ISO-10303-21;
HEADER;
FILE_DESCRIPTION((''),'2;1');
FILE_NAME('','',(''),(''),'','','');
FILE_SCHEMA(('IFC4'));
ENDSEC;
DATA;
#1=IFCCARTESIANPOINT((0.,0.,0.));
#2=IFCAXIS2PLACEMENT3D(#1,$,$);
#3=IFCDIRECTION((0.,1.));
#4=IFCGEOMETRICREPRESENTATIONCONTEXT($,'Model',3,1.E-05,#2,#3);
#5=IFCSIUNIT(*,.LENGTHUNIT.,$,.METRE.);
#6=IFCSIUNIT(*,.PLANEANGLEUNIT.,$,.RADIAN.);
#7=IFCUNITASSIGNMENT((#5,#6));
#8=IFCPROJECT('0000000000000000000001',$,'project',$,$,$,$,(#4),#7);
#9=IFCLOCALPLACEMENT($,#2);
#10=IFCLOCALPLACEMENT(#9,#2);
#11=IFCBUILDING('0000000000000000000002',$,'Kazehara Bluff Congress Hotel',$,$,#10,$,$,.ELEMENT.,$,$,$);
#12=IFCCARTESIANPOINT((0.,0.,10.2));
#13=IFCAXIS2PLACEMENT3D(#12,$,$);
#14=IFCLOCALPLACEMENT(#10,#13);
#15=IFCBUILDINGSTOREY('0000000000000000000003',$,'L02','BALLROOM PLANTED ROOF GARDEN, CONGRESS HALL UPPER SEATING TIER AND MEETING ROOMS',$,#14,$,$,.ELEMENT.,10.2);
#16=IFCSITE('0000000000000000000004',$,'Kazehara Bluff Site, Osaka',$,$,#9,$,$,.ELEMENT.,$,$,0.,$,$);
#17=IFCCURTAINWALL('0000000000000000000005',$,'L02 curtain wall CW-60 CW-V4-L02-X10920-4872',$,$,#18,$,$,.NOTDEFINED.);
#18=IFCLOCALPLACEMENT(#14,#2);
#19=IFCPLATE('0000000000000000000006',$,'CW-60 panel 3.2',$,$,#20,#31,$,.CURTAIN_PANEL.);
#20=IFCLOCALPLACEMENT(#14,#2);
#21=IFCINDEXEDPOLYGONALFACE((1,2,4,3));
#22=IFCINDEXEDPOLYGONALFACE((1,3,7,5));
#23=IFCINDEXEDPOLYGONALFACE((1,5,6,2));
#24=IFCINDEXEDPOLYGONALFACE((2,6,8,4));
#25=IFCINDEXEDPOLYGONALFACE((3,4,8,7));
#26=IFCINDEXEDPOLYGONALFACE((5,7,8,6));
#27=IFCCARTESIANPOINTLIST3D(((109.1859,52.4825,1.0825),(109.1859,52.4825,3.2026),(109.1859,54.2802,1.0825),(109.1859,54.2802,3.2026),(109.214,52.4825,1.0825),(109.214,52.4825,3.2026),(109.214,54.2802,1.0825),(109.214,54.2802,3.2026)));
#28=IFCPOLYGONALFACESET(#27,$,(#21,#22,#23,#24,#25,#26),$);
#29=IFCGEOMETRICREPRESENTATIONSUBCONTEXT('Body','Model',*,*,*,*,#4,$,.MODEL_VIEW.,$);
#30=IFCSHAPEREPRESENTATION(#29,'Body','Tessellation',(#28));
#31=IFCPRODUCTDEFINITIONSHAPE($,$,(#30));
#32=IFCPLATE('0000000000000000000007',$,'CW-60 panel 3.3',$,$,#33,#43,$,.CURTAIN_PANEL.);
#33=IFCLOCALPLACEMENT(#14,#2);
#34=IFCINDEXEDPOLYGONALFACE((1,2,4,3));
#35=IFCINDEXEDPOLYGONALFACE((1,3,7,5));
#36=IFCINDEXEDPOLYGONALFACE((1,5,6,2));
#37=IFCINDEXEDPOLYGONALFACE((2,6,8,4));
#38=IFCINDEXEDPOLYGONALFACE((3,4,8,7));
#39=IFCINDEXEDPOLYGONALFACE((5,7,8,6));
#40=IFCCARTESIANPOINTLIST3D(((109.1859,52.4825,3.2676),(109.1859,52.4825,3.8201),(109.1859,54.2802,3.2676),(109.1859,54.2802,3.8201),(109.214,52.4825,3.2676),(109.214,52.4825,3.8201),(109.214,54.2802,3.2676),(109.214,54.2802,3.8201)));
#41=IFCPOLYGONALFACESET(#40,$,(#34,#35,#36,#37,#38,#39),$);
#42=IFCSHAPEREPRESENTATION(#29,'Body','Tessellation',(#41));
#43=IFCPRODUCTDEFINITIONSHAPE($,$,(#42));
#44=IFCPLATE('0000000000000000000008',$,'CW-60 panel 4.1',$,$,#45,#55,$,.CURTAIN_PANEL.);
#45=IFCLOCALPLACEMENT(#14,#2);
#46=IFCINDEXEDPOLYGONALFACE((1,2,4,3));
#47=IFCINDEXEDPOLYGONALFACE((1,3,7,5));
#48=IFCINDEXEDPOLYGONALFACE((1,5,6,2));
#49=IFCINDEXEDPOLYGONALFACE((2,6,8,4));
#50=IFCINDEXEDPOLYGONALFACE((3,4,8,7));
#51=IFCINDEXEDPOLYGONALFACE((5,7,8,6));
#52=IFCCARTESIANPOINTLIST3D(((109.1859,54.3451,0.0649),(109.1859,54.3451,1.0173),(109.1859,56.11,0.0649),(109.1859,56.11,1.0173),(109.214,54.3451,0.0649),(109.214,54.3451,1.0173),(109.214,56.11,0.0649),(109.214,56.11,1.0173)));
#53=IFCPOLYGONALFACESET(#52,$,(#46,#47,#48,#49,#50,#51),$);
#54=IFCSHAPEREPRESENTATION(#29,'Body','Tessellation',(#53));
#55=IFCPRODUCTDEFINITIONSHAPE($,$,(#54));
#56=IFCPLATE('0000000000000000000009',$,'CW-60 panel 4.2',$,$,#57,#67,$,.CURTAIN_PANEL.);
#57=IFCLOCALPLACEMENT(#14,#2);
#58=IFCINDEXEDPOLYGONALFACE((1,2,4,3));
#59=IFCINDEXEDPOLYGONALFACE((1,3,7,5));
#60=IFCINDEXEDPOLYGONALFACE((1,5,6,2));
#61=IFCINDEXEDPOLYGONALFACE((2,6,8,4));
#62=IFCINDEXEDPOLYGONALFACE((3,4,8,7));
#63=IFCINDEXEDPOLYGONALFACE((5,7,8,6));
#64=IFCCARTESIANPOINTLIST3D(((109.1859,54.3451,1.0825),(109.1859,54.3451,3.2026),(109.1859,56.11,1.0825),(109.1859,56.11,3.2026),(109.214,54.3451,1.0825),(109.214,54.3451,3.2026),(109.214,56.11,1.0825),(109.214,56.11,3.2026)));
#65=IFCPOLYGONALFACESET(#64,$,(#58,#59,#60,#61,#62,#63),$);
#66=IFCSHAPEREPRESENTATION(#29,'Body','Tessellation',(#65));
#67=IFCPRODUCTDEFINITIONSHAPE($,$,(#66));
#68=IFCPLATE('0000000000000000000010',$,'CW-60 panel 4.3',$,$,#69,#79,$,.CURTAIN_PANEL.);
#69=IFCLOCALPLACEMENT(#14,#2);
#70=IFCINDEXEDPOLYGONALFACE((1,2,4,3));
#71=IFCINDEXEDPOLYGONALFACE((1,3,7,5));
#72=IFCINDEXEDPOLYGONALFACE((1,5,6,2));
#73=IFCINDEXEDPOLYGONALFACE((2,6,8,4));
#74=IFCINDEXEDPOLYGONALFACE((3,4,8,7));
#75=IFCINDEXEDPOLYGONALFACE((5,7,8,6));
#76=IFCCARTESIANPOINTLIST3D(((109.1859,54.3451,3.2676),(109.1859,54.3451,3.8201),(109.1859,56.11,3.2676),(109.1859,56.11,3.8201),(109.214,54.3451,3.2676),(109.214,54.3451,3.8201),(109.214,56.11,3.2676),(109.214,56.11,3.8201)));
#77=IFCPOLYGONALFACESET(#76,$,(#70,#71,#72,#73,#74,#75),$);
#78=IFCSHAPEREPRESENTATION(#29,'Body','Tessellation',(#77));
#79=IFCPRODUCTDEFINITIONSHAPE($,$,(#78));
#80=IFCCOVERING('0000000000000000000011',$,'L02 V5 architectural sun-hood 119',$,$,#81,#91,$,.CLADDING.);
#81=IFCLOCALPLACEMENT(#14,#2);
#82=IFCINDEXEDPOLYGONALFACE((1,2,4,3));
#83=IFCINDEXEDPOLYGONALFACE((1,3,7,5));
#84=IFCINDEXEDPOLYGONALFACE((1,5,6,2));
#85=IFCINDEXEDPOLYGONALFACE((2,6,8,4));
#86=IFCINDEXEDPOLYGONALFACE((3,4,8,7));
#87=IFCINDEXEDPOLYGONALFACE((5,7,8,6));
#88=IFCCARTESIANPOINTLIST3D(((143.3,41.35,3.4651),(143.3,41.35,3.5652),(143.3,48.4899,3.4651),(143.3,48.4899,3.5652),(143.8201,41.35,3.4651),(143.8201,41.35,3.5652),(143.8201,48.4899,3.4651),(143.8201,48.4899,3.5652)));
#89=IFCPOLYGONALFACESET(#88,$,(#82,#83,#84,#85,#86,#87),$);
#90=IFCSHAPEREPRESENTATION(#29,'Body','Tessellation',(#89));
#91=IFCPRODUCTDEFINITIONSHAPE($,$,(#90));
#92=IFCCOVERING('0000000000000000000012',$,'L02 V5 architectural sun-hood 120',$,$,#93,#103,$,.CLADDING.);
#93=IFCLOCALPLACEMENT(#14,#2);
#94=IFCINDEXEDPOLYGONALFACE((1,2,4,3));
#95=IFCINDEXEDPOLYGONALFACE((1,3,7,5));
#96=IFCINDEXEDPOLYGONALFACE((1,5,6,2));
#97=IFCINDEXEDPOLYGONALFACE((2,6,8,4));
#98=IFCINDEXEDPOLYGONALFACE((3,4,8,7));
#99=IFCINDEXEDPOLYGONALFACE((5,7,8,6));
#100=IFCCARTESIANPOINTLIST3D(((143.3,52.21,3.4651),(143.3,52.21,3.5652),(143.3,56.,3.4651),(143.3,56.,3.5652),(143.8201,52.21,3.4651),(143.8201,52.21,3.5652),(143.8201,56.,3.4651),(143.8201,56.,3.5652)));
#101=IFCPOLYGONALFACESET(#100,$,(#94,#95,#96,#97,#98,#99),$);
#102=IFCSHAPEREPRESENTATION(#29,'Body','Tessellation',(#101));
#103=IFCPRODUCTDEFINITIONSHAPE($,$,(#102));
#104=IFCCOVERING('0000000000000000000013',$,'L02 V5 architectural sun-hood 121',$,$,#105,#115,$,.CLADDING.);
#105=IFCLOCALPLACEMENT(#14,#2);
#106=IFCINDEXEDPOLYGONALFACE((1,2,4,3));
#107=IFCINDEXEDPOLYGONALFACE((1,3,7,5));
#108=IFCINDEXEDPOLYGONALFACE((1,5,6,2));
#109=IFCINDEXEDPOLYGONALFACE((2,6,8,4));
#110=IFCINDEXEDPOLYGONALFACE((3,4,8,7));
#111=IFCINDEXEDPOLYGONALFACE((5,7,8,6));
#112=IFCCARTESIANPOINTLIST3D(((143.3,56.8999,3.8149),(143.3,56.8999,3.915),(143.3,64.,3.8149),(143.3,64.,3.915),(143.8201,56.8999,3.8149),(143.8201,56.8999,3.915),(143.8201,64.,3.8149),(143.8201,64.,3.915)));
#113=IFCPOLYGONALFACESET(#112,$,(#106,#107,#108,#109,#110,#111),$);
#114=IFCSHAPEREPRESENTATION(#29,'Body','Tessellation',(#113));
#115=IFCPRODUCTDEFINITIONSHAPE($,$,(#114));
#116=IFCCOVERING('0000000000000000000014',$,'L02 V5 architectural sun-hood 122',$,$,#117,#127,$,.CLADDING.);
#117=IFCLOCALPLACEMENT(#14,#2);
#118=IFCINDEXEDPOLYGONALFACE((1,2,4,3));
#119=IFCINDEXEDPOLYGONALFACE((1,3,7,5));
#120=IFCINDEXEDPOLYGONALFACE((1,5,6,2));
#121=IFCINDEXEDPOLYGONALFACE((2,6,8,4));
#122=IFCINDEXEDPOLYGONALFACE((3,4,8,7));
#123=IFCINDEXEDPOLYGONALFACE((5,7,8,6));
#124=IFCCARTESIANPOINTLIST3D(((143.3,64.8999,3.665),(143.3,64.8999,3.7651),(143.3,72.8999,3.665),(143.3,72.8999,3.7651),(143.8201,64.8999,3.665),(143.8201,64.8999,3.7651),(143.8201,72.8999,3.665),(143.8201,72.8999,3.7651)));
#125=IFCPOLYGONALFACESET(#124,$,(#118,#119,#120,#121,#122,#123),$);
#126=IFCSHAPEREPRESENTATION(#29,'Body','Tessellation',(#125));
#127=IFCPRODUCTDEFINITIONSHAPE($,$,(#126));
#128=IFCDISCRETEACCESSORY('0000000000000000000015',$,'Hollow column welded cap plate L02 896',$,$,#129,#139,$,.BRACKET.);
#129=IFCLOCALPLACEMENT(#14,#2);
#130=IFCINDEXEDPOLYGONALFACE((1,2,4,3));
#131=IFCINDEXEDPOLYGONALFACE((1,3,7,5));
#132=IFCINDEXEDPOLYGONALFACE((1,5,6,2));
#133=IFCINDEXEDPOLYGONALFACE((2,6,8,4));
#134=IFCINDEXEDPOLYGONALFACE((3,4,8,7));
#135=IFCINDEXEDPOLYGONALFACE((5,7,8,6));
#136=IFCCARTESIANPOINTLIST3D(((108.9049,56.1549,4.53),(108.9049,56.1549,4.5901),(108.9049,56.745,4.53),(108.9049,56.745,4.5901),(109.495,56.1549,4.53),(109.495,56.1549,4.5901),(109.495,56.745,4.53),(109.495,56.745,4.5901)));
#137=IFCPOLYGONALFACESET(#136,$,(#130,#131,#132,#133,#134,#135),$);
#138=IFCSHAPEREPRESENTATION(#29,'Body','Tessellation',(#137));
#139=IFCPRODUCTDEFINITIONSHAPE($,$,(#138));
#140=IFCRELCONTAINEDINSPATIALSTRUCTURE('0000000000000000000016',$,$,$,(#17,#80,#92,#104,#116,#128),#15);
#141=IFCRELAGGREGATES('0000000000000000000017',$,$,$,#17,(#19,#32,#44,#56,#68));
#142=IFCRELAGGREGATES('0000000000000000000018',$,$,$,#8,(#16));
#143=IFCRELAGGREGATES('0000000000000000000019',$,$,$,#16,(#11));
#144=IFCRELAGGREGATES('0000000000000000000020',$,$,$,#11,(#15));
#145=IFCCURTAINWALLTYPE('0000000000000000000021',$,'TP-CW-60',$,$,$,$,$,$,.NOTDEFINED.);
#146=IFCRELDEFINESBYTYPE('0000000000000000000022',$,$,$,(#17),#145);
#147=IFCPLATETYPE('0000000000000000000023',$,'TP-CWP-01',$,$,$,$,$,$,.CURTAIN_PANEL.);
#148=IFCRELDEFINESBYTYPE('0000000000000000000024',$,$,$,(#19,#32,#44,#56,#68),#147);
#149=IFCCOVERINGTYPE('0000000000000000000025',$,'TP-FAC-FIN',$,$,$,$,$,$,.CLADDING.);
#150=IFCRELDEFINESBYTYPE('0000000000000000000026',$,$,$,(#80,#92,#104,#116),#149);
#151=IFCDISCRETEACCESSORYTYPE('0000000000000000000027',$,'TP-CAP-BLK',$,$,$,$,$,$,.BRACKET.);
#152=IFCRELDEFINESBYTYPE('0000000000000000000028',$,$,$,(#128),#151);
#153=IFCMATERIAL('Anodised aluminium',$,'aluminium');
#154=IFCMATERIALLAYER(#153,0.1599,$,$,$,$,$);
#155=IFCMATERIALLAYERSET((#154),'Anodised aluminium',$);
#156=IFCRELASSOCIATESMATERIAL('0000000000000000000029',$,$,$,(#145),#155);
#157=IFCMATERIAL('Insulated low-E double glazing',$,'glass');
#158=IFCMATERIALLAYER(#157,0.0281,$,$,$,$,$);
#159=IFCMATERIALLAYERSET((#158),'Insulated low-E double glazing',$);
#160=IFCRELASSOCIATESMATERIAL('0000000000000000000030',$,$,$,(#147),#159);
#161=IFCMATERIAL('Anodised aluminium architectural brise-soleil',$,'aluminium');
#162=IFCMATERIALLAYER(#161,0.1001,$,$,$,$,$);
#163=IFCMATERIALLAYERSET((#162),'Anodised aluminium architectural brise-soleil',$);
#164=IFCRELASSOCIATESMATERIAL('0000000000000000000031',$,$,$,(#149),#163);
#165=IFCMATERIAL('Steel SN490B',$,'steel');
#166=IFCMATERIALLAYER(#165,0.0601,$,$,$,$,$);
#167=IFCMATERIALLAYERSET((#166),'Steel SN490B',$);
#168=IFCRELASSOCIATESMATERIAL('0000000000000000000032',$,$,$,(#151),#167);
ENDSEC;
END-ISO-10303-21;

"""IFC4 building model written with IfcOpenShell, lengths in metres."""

from ifc_helpers import new_model, si_unit, direction, frame, origin, origin_2d, place, context, subcontext, project, spatial, rectangle, extrude, material, layer, layer_set, type_object, element, aggregate, save


model = new_model("IFC4")

# Units and contexts
model_context = context("Model", 3, precision=1e-05, world=origin(), true_north=direction((0.0, 1.0)))
body_context = subcontext(model_context, "Body", "Model", "MODEL_VIEW")
ifc_project = project(units=[si_unit("LENGTHUNIT", "METRE"), si_unit("PLANEANGLEUNIT", "RADIAN")], contexts=[model_context])

# Site, building, storey
site_placement = place(None, origin())
site = spatial("IfcSite", under=ifc_project, at=site_placement, Name="Kazehara Bluff Site, Osaka", CompositionType="ELEMENT", RefElevation=0.0)
building_placement = place(site_placement, origin())
building = spatial("IfcBuilding", under=site, at=building_placement, Name="Kazehara Bluff Congress Hotel", CompositionType="ELEMENT")
storey_placement = place(building_placement, frame((0.0, 0.0, 10.2)))
storey = spatial("IfcBuildingStorey", under=building, at=storey_placement, Name="L02", Description="BALLROOM PLANTED ROOF GARDEN, CONGRESS HALL UPPER SEATING TIER AND MEETING ROOMS", CompositionType="ELEMENT", Elevation=10.2)

# Curtain wall
ifc_material_1 = material(Name="Anodised aluminium", Category="aluminium")
ifc_layer_1 = layer(ifc_material_1, 0.1599)
ifc_layer_set_1 = layer_set([ifc_layer_1], Name="Anodised aluminium")
curtain_wall_type = type_object("IfcCurtainWallType", Name="TP-CW-60", PredefinedType="NOTDEFINED", material=ifc_layer_set_1)
curtain_wall_placement = place(storey_placement, origin())
curtain_wall = element("IfcCurtainWall", 1, at=curtain_wall_placement, inside=storey, type_object=curtain_wall_type, Name="L02 curtain wall CW-60 CW-V4-L02-X10920-4872", PredefinedType="NOTDEFINED")

# Plates
ifc_material_2 = material(Name="Insulated low-E double glazing", Category="glass")
ifc_layer_2 = layer(ifc_material_2, 0.0281)
ifc_layer_set_2 = layer_set([ifc_layer_2], Name="Insulated low-E double glazing")
plate_type = type_object("IfcPlateType", Name="TP-CWP-01", PredefinedType="CURTAIN_PANEL", material=ifc_layer_set_2)
plate_1_placement = place(storey_placement, frame((109.2, 53.3813, 1.0825), z_axis=(0.0, 0.0, 1.0), x_axis=(0.0, 1.0, 0.0)))
plate_1 = element("IfcPlate", 2, at=plate_1_placement, type_object=plate_type, Name="CW-60 panel 3.2", PredefinedType="CURTAIN_PANEL", context=body_context, shape_type="SweptSolid", body=[
    extrude(rectangle(XDim=1.7976, YDim=0.0281, at=origin_2d()), origin(), (0.0, 0.0, 1.0), 2.1201),
])
plate_2_placement = place(storey_placement, frame((109.2, 53.3813, 3.2676), z_axis=(0.0, 0.0, 1.0), x_axis=(0.0, 1.0, 0.0)))
plate_2 = element("IfcPlate", 3, at=plate_2_placement, type_object=plate_type, Name="CW-60 panel 3.3", PredefinedType="CURTAIN_PANEL", context=body_context, shape_type="SweptSolid", body=[
    extrude(rectangle(XDim=1.7976, YDim=0.0281, at=origin_2d()), origin(), (0.0, 0.0, 1.0), 0.5525),
])
plate_3_placement = place(storey_placement, frame((109.2, 55.2275, 0.0649), z_axis=(0.0, 0.0, 1.0), x_axis=(0.0, 1.0, 0.0)))
plate_3 = element("IfcPlate", 4, at=plate_3_placement, type_object=plate_type, Name="CW-60 panel 4.1", PredefinedType="CURTAIN_PANEL", context=body_context, shape_type="SweptSolid", body=[
    extrude(rectangle(XDim=1.7649, YDim=0.0281, at=origin_2d()), origin(), (0.0, 0.0, 1.0), 0.9524),
])
plate_4_placement = place(storey_placement, frame((109.2, 55.2275, 1.0825), z_axis=(0.0, 0.0, 1.0), x_axis=(0.0, 1.0, 0.0)))
plate_4 = element("IfcPlate", 5, at=plate_4_placement, type_object=plate_type, Name="CW-60 panel 4.2", PredefinedType="CURTAIN_PANEL", context=body_context, shape_type="SweptSolid", body=[
    extrude(rectangle(XDim=1.7649, YDim=0.0281, at=origin_2d()), origin(), (0.0, 0.0, 1.0), 2.1201),
])
plate_5_placement = place(storey_placement, frame((109.2, 55.2275, 3.2676), z_axis=(0.0, 0.0, 1.0), x_axis=(0.0, 1.0, 0.0)))
plate_5 = element("IfcPlate", 6, at=plate_5_placement, type_object=plate_type, Name="CW-60 panel 4.3", PredefinedType="CURTAIN_PANEL", context=body_context, shape_type="SweptSolid", body=[
    extrude(rectangle(XDim=1.7649, YDim=0.0281, at=origin_2d()), origin(), (0.0, 0.0, 1.0), 0.5525),
])
aggregate(curtain_wall, [plate_1, plate_2, plate_3, plate_4, plate_5])

# Coverings
ifc_material_3 = material(Name="Anodised aluminium architectural brise-soleil", Category="aluminium")
ifc_layer_3 = layer(ifc_material_3, 0.1001)
ifc_layer_set_3 = layer_set([ifc_layer_3], Name="Anodised aluminium architectural brise-soleil")
covering_type = type_object("IfcCoveringType", Name="TP-FAC-FIN", PredefinedType="CLADDING", material=ifc_layer_set_3)
covering_1_placement = place(storey_placement, frame((143.5601, 44.9199, 3.4651), z_axis=(0.0, 0.0, 1.0), x_axis=(1.0, 0.0, 0.0)))
element("IfcCovering", 7, at=covering_1_placement, inside=storey, type_object=covering_type, Name="L02 V5 architectural sun-hood 119", PredefinedType="CLADDING", context=body_context, shape_type="SweptSolid", body=[
    extrude(rectangle(XDim=0.52, YDim=7.1399, at=origin_2d()), origin(), (0.0, 0.0, 1.0), 0.1001),
])
covering_2_placement = place(storey_placement, frame((143.5601, 54.105, 3.4651), z_axis=(0.0, 0.0, 1.0), x_axis=(1.0, 0.0, 0.0)))
element("IfcCovering", 8, at=covering_2_placement, inside=storey, type_object=covering_type, Name="L02 V5 architectural sun-hood 120", PredefinedType="CLADDING", context=body_context, shape_type="SweptSolid", body=[
    extrude(rectangle(XDim=0.52, YDim=3.79, at=origin_2d()), origin(), (0.0, 0.0, 1.0), 0.1001),
])
covering_3_placement = place(storey_placement, frame((143.5601, 60.45, 3.8149), z_axis=(0.0, 0.0, 1.0), x_axis=(1.0, 0.0, 0.0)))
element("IfcCovering", 9, at=covering_3_placement, inside=storey, type_object=covering_type, Name="L02 V5 architectural sun-hood 121", PredefinedType="CLADDING", context=body_context, shape_type="SweptSolid", body=[
    extrude(rectangle(XDim=0.52, YDim=7.1001, at=origin_2d()), origin(), (0.0, 0.0, 1.0), 0.1001),
])
covering_4_placement = place(storey_placement, frame((143.5601, 68.8999, 3.665), z_axis=(0.0, 0.0, 1.0), x_axis=(1.0, 0.0, 0.0)))
element("IfcCovering", 10, at=covering_4_placement, inside=storey, type_object=covering_type, Name="L02 V5 architectural sun-hood 122", PredefinedType="CLADDING", context=body_context, shape_type="SweptSolid", body=[
    extrude(rectangle(XDim=0.52, YDim=8.0, at=origin_2d()), origin(), (0.0, 0.0, 1.0), 0.1001),
])

# Discrete accessory
ifc_material_4 = material(Name="Steel SN490B", Category="steel")
ifc_layer_4 = layer(ifc_material_4, 0.0601)
ifc_layer_set_4 = layer_set([ifc_layer_4], Name="Steel SN490B")
discrete_accessory_type = type_object("IfcDiscreteAccessoryType", Name="TP-CAP-BLK", PredefinedType="BRACKET", material=ifc_layer_set_4)
discrete_accessory_placement = place(storey_placement, frame((109.2, 56.45, 4.53), z_axis=(0.0, 0.0, 1.0), x_axis=(1.0, 0.0, 0.0)))
element("IfcDiscreteAccessory", 11, at=discrete_accessory_placement, inside=storey, type_object=discrete_accessory_type, Name="Hollow column welded cap plate L02 896", PredefinedType="BRACKET", context=body_context, shape_type="SweptSolid", body=[
    extrude(rectangle(XDim=0.5901, YDim=0.5901, at=origin_2d()), origin(), (0.0, 0.0, 1.0), 0.0601),
])

save(model, "model.ifc")
